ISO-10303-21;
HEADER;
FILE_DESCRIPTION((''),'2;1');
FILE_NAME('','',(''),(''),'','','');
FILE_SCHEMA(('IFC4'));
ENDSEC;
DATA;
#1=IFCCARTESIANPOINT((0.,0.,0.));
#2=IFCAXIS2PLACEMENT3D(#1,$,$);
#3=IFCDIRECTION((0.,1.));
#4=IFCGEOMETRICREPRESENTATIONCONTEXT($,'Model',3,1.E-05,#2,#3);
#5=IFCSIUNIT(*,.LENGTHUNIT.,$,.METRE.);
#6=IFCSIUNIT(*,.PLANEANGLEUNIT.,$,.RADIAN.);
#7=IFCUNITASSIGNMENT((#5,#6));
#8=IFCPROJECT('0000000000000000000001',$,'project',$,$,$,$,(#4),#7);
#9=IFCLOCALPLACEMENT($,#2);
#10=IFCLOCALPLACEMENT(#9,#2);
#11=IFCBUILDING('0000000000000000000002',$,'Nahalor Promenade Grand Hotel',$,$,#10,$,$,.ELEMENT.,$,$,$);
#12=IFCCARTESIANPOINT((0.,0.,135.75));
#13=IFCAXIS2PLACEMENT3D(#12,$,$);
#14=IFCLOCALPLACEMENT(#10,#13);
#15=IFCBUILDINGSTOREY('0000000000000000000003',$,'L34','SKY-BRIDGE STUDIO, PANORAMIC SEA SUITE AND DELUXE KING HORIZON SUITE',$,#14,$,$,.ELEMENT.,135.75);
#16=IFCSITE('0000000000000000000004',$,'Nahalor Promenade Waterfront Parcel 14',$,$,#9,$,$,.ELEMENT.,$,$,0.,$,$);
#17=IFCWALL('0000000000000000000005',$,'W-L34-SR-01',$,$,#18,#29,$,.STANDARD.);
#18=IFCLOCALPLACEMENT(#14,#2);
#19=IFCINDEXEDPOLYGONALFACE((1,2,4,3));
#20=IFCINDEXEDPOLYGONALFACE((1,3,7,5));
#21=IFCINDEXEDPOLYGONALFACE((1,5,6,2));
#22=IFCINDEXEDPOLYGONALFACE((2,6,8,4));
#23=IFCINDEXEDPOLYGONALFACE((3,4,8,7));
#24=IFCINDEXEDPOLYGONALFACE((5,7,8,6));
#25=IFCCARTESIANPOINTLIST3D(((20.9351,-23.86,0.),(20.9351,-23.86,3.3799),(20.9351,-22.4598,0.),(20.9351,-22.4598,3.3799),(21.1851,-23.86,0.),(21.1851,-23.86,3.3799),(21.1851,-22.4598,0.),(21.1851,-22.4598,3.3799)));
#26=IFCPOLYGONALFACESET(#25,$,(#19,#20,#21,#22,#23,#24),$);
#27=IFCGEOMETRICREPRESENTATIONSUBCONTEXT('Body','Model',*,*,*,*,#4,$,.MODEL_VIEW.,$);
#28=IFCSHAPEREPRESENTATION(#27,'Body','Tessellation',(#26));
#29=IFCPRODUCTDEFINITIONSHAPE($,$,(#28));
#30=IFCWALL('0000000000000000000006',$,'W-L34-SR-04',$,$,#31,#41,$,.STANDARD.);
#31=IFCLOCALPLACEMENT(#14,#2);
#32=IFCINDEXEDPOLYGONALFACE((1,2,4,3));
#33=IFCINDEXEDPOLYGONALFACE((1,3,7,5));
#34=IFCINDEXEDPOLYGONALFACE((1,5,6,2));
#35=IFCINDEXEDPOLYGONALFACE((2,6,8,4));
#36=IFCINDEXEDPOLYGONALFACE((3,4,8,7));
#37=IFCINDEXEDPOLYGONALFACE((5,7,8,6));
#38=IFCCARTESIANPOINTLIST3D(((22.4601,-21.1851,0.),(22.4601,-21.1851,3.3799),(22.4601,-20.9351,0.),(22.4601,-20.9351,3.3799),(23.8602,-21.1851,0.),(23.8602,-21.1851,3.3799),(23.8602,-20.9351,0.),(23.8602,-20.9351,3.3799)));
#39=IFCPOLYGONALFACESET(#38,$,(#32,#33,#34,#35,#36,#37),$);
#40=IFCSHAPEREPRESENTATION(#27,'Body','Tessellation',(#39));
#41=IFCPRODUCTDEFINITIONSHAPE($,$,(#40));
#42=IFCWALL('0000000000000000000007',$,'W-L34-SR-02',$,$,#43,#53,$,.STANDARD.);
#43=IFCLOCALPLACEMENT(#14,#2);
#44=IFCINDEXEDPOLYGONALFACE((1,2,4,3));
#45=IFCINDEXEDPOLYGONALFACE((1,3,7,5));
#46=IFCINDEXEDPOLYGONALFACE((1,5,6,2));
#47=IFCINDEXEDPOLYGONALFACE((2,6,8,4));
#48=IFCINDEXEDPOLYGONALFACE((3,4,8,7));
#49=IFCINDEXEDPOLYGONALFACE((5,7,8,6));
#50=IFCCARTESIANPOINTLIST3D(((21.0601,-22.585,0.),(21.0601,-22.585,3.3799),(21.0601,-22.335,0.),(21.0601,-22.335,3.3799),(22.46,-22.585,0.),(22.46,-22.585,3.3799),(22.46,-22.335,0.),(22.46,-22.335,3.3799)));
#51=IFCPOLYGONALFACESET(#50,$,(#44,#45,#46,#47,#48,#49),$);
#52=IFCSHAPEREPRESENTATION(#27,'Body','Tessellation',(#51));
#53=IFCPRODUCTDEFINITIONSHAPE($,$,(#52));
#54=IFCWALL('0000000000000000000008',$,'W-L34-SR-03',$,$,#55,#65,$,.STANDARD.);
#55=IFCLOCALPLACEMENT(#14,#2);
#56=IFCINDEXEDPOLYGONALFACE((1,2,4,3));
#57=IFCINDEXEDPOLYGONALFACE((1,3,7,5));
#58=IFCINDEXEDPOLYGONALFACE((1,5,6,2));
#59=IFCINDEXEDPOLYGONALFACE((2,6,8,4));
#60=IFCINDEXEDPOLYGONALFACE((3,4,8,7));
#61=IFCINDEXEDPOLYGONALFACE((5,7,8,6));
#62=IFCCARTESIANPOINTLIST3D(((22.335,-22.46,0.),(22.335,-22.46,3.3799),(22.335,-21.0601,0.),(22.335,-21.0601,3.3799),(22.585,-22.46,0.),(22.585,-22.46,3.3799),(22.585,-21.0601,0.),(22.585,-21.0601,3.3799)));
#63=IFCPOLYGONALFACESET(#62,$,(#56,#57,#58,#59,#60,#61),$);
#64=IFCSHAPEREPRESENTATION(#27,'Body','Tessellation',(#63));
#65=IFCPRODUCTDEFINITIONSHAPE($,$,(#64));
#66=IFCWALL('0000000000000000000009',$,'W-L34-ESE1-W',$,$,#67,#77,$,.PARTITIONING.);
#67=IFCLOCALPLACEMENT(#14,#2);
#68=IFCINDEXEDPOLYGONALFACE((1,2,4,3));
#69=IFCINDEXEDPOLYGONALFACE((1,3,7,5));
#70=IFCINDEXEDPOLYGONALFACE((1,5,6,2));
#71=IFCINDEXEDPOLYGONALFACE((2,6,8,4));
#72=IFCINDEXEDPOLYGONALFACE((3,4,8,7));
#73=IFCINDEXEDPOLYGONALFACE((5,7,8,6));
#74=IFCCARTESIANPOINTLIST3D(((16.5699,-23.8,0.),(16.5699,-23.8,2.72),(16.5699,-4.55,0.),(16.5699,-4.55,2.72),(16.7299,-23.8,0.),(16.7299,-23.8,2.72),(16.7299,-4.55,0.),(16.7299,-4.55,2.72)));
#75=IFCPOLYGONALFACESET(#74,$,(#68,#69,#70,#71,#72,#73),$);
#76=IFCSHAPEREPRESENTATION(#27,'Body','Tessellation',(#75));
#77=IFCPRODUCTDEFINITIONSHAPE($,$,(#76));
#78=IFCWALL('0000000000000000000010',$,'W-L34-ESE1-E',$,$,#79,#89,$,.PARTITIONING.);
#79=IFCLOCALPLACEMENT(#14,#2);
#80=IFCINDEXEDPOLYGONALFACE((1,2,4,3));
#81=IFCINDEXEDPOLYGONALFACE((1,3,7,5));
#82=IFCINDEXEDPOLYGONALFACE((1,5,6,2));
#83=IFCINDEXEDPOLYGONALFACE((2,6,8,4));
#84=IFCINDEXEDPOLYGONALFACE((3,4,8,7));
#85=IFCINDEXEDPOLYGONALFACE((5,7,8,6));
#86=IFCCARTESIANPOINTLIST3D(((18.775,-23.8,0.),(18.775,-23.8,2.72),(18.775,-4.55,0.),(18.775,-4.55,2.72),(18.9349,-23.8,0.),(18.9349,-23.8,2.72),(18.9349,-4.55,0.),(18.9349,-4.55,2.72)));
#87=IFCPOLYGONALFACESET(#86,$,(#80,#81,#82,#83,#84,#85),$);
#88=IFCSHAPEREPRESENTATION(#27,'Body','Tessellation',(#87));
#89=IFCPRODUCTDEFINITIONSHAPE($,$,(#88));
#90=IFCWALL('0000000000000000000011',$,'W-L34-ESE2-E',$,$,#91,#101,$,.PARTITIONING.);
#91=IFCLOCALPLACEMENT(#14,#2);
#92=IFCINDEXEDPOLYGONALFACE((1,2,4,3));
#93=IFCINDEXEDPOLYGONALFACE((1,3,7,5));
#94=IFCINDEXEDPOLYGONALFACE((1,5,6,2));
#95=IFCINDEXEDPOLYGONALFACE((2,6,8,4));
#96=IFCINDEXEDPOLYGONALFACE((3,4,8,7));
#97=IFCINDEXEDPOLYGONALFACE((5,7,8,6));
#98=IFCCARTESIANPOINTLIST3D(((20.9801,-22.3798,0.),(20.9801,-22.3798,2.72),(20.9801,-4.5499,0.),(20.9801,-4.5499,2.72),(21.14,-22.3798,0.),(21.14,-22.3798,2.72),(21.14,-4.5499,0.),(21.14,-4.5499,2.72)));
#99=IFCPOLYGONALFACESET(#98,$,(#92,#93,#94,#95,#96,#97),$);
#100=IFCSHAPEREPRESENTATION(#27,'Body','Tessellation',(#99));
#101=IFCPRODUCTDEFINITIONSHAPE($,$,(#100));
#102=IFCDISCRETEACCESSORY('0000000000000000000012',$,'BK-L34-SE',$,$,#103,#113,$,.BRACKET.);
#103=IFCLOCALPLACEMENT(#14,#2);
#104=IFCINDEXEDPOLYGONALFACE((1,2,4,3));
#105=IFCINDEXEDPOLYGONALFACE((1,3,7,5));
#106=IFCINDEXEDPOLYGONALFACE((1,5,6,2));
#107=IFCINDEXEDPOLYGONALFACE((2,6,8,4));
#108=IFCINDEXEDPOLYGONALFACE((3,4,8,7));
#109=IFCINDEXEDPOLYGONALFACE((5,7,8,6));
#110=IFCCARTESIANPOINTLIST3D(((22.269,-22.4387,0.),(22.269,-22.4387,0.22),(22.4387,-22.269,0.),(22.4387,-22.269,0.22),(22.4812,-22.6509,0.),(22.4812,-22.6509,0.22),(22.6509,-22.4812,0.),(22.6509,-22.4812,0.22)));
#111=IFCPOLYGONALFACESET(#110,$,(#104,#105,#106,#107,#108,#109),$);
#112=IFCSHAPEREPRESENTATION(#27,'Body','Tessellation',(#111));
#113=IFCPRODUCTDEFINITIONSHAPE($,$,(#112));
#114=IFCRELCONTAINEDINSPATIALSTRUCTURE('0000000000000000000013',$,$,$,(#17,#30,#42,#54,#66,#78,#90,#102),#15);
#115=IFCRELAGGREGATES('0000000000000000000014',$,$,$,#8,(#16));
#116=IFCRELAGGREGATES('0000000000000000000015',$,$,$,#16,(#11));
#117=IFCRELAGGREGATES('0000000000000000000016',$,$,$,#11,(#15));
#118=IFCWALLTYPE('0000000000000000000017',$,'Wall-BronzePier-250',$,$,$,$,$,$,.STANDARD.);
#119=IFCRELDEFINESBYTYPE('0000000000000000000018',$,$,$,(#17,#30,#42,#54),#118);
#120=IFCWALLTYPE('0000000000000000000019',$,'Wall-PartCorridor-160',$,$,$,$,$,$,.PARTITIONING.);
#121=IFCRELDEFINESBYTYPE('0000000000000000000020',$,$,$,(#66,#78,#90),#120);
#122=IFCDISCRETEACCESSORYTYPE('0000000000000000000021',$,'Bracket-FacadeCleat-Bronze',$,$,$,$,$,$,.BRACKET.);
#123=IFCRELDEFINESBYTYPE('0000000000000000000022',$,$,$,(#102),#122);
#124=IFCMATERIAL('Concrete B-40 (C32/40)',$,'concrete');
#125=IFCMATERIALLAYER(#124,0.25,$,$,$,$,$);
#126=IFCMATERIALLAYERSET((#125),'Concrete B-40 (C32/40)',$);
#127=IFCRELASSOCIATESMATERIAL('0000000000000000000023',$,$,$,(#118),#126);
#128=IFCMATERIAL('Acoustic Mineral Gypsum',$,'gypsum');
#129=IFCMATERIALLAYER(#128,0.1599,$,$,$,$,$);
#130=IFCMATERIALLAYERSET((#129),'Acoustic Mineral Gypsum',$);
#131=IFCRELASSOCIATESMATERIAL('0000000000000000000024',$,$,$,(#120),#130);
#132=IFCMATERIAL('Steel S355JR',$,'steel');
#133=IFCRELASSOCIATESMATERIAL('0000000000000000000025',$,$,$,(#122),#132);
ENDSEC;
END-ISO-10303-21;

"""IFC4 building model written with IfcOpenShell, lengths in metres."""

from ifc_helpers import new_model, si_unit, direction, frame, frame_2d, origin, origin_2d, place, context, subcontext, project, spatial, rectangle, extrude, source, transform, mapped, material, layer, layer_set, type_object, element, save


model = new_model("IFC4")

# Units and contexts
model_context = context("Model", 3, precision=1e-05, world=origin(), true_north=direction((0.0, 1.0)))
body_context = subcontext(model_context, "Body", "Model", "MODEL_VIEW")
ifc_project = project(units=[si_unit("LENGTHUNIT", "METRE"), si_unit("PLANEANGLEUNIT", "RADIAN")], contexts=[model_context])

# Site, building, storey
site_placement = place(None, origin())
site = spatial("IfcSite", under=ifc_project, at=site_placement, Name="Nahalor Promenade Waterfront Parcel 14", CompositionType="ELEMENT", RefElevation=0.0)
building_placement = place(site_placement, origin())
building = spatial("IfcBuilding", under=site, at=building_placement, Name="Nahalor Promenade Grand Hotel", CompositionType="ELEMENT")
storey_placement = place(building_placement, frame((0.0, 0.0, 135.75)))
storey = spatial("IfcBuildingStorey", under=building, at=storey_placement, Name="L34", Description="SKY-BRIDGE STUDIO, PANORAMIC SEA SUITE AND DELUXE KING HORIZON SUITE", CompositionType="ELEMENT", Elevation=135.75)

# Shared definitions
ifc_material_1 = material(Name="Steel S355JR", Category="steel")

# Walls
ifc_material_2 = material(Name="Concrete B-40 (C32/40)", Category="concrete")
ifc_layer_1 = layer(ifc_material_2, 0.25)
ifc_layer_set_1 = layer_set([ifc_layer_1], Name="Concrete B-40 (C32/40)")
wall_type_1 = type_object("IfcWallType", Name="Wall-BronzePier-250", PredefinedType="STANDARD", material=ifc_layer_set_1)
shared_shape_1 = source(origin(), body_context, "Body", "SweptSolid", [
    extrude(rectangle(XDim=1.4001, YDim=0.25, at=frame_2d((0.7002, 0.0))), origin(), (0.0, 0.0, 1.0), 3.3799),
])
for number, where, z_axis, x_axis, name in (
    (1, (21.0601, -23.8601, 0.0), (0.0, 0.0, 1.0), (0.0, 1.0, 0.0), "W-L34-SR-01"),
    (2, (22.46, -21.0601, 0.0), (0.0, 0.0, 1.0), (1.0, 0.0, 0.0), "W-L34-SR-04"),
):
    element("IfcWall", number, at=place(storey_placement, frame(where, z_axis=z_axis, x_axis=x_axis)), inside=storey, type_object=wall_type_1, Name=name, PredefinedType="STANDARD", context=body_context, shape_type="MappedRepresentation", body=[
        mapped(shared_shape_1, transform((0.0, 0.0, 0.0), scale=1.0)),
    ])
shared_shape_2 = source(origin(), body_context, "Body", "SweptSolid", [
    extrude(rectangle(XDim=1.3999, YDim=0.25, at=frame_2d((0.7, 0.0))), origin(), (0.0, 0.0, 1.0), 3.3799),
])
for number, where, z_axis, x_axis, name in (
    (3, (21.0601, -22.46, 0.0), (0.0, 0.0, 1.0), (1.0, 0.0, 0.0), "W-L34-SR-02"),
    (4, (22.46, -22.46, 0.0), (0.0, 0.0, 1.0), (0.0, 1.0, 0.0), "W-L34-SR-03"),
):
    element("IfcWall", number, at=place(storey_placement, frame(where, z_axis=z_axis, x_axis=x_axis)), inside=storey, type_object=wall_type_1, Name=name, PredefinedType="STANDARD", context=body_context, shape_type="MappedRepresentation", body=[
        mapped(shared_shape_2, transform((0.0, 0.0, 0.0), scale=1.0)),
    ])
ifc_material_3 = material(Name="Acoustic Mineral Gypsum", Category="gypsum")
ifc_layer_2 = layer(ifc_material_3, 0.1599)
ifc_layer_set_2 = layer_set([ifc_layer_2], Name="Acoustic Mineral Gypsum")
wall_type_2 = type_object("IfcWallType", Name="Wall-PartCorridor-160", PredefinedType="PARTITIONING", material=ifc_layer_set_2)
shared_shape_3 = source(origin(), body_context, "Body", "SweptSolid", [
    extrude(rectangle(XDim=19.25, YDim=0.1599, at=frame_2d((9.625, 0.0))), origin(), (0.0, 0.0, 1.0), 2.72),
])
for number, where, z_axis, x_axis, name in (
    (5, (16.6499, -23.8, 0.0), (0.0, 0.0, 1.0), (0.0, 1.0, 0.0), "W-L34-ESE1-W"),
    (6, (18.855, -23.8, 0.0), (0.0, 0.0, 1.0), (0.0, 1.0, 0.0), "W-L34-ESE1-E"),
):
    element("IfcWall", number, at=place(storey_placement, frame(where, z_axis=z_axis, x_axis=x_axis)), inside=storey, type_object=wall_type_2, Name=name, PredefinedType="PARTITIONING", context=body_context, shape_type="MappedRepresentation", body=[
        mapped(shared_shape_3, transform((0.0, 0.0, 0.0), scale=1.0)),
    ])
shared_shape_4 = source(origin(), body_context, "Body", "SweptSolid", [
    extrude(rectangle(XDim=17.8298, YDim=0.1599, at=frame_2d((8.915, 0.0))), origin(), (0.0, 0.0, 1.0), 2.72),
])
wall_1_placement = place(storey_placement, frame((21.0601, -22.3799, 0.0), z_axis=(0.0, 0.0, 1.0), x_axis=(0.0, 1.0, 0.0)))
element("IfcWall", 7, at=wall_1_placement, inside=storey, type_object=wall_type_2, Name="W-L34-ESE2-E", PredefinedType="PARTITIONING", context=body_context, shape_type="MappedRepresentation", body=[
    mapped(shared_shape_4, transform((0.0, 0.0, 0.0), scale=1.0)),
])

# Discrete accessory
discrete_accessory_type = type_object("IfcDiscreteAccessoryType", Name="Bracket-FacadeCleat-Bronze", PredefinedType="BRACKET", material=ifc_material_1)
shared_shape_5 = source(origin(), body_context, "Body", "SweptSolid", [
    extrude(rectangle(XDim=0.3, YDim=0.24, at=origin_2d()), origin(), (0.0, 0.0, 1.0), 0.22),
])
discrete_accessory_placement = place(storey_placement, frame((22.46, -22.46, 0.0), z_axis=(0.0, 0.0, 1.0), x_axis=(-0.707107, 0.707107, 0.0)))
element("IfcDiscreteAccessory", 8, at=discrete_accessory_placement, inside=storey, type_object=discrete_accessory_type, Name="BK-L34-SE", PredefinedType="BRACKET", context=body_context, shape_type="MappedRepresentation", body=[
    mapped(shared_shape_5, transform((0.0, 0.0, 0.0), scale=1.0)),
])

save(model, "model.ifc")
